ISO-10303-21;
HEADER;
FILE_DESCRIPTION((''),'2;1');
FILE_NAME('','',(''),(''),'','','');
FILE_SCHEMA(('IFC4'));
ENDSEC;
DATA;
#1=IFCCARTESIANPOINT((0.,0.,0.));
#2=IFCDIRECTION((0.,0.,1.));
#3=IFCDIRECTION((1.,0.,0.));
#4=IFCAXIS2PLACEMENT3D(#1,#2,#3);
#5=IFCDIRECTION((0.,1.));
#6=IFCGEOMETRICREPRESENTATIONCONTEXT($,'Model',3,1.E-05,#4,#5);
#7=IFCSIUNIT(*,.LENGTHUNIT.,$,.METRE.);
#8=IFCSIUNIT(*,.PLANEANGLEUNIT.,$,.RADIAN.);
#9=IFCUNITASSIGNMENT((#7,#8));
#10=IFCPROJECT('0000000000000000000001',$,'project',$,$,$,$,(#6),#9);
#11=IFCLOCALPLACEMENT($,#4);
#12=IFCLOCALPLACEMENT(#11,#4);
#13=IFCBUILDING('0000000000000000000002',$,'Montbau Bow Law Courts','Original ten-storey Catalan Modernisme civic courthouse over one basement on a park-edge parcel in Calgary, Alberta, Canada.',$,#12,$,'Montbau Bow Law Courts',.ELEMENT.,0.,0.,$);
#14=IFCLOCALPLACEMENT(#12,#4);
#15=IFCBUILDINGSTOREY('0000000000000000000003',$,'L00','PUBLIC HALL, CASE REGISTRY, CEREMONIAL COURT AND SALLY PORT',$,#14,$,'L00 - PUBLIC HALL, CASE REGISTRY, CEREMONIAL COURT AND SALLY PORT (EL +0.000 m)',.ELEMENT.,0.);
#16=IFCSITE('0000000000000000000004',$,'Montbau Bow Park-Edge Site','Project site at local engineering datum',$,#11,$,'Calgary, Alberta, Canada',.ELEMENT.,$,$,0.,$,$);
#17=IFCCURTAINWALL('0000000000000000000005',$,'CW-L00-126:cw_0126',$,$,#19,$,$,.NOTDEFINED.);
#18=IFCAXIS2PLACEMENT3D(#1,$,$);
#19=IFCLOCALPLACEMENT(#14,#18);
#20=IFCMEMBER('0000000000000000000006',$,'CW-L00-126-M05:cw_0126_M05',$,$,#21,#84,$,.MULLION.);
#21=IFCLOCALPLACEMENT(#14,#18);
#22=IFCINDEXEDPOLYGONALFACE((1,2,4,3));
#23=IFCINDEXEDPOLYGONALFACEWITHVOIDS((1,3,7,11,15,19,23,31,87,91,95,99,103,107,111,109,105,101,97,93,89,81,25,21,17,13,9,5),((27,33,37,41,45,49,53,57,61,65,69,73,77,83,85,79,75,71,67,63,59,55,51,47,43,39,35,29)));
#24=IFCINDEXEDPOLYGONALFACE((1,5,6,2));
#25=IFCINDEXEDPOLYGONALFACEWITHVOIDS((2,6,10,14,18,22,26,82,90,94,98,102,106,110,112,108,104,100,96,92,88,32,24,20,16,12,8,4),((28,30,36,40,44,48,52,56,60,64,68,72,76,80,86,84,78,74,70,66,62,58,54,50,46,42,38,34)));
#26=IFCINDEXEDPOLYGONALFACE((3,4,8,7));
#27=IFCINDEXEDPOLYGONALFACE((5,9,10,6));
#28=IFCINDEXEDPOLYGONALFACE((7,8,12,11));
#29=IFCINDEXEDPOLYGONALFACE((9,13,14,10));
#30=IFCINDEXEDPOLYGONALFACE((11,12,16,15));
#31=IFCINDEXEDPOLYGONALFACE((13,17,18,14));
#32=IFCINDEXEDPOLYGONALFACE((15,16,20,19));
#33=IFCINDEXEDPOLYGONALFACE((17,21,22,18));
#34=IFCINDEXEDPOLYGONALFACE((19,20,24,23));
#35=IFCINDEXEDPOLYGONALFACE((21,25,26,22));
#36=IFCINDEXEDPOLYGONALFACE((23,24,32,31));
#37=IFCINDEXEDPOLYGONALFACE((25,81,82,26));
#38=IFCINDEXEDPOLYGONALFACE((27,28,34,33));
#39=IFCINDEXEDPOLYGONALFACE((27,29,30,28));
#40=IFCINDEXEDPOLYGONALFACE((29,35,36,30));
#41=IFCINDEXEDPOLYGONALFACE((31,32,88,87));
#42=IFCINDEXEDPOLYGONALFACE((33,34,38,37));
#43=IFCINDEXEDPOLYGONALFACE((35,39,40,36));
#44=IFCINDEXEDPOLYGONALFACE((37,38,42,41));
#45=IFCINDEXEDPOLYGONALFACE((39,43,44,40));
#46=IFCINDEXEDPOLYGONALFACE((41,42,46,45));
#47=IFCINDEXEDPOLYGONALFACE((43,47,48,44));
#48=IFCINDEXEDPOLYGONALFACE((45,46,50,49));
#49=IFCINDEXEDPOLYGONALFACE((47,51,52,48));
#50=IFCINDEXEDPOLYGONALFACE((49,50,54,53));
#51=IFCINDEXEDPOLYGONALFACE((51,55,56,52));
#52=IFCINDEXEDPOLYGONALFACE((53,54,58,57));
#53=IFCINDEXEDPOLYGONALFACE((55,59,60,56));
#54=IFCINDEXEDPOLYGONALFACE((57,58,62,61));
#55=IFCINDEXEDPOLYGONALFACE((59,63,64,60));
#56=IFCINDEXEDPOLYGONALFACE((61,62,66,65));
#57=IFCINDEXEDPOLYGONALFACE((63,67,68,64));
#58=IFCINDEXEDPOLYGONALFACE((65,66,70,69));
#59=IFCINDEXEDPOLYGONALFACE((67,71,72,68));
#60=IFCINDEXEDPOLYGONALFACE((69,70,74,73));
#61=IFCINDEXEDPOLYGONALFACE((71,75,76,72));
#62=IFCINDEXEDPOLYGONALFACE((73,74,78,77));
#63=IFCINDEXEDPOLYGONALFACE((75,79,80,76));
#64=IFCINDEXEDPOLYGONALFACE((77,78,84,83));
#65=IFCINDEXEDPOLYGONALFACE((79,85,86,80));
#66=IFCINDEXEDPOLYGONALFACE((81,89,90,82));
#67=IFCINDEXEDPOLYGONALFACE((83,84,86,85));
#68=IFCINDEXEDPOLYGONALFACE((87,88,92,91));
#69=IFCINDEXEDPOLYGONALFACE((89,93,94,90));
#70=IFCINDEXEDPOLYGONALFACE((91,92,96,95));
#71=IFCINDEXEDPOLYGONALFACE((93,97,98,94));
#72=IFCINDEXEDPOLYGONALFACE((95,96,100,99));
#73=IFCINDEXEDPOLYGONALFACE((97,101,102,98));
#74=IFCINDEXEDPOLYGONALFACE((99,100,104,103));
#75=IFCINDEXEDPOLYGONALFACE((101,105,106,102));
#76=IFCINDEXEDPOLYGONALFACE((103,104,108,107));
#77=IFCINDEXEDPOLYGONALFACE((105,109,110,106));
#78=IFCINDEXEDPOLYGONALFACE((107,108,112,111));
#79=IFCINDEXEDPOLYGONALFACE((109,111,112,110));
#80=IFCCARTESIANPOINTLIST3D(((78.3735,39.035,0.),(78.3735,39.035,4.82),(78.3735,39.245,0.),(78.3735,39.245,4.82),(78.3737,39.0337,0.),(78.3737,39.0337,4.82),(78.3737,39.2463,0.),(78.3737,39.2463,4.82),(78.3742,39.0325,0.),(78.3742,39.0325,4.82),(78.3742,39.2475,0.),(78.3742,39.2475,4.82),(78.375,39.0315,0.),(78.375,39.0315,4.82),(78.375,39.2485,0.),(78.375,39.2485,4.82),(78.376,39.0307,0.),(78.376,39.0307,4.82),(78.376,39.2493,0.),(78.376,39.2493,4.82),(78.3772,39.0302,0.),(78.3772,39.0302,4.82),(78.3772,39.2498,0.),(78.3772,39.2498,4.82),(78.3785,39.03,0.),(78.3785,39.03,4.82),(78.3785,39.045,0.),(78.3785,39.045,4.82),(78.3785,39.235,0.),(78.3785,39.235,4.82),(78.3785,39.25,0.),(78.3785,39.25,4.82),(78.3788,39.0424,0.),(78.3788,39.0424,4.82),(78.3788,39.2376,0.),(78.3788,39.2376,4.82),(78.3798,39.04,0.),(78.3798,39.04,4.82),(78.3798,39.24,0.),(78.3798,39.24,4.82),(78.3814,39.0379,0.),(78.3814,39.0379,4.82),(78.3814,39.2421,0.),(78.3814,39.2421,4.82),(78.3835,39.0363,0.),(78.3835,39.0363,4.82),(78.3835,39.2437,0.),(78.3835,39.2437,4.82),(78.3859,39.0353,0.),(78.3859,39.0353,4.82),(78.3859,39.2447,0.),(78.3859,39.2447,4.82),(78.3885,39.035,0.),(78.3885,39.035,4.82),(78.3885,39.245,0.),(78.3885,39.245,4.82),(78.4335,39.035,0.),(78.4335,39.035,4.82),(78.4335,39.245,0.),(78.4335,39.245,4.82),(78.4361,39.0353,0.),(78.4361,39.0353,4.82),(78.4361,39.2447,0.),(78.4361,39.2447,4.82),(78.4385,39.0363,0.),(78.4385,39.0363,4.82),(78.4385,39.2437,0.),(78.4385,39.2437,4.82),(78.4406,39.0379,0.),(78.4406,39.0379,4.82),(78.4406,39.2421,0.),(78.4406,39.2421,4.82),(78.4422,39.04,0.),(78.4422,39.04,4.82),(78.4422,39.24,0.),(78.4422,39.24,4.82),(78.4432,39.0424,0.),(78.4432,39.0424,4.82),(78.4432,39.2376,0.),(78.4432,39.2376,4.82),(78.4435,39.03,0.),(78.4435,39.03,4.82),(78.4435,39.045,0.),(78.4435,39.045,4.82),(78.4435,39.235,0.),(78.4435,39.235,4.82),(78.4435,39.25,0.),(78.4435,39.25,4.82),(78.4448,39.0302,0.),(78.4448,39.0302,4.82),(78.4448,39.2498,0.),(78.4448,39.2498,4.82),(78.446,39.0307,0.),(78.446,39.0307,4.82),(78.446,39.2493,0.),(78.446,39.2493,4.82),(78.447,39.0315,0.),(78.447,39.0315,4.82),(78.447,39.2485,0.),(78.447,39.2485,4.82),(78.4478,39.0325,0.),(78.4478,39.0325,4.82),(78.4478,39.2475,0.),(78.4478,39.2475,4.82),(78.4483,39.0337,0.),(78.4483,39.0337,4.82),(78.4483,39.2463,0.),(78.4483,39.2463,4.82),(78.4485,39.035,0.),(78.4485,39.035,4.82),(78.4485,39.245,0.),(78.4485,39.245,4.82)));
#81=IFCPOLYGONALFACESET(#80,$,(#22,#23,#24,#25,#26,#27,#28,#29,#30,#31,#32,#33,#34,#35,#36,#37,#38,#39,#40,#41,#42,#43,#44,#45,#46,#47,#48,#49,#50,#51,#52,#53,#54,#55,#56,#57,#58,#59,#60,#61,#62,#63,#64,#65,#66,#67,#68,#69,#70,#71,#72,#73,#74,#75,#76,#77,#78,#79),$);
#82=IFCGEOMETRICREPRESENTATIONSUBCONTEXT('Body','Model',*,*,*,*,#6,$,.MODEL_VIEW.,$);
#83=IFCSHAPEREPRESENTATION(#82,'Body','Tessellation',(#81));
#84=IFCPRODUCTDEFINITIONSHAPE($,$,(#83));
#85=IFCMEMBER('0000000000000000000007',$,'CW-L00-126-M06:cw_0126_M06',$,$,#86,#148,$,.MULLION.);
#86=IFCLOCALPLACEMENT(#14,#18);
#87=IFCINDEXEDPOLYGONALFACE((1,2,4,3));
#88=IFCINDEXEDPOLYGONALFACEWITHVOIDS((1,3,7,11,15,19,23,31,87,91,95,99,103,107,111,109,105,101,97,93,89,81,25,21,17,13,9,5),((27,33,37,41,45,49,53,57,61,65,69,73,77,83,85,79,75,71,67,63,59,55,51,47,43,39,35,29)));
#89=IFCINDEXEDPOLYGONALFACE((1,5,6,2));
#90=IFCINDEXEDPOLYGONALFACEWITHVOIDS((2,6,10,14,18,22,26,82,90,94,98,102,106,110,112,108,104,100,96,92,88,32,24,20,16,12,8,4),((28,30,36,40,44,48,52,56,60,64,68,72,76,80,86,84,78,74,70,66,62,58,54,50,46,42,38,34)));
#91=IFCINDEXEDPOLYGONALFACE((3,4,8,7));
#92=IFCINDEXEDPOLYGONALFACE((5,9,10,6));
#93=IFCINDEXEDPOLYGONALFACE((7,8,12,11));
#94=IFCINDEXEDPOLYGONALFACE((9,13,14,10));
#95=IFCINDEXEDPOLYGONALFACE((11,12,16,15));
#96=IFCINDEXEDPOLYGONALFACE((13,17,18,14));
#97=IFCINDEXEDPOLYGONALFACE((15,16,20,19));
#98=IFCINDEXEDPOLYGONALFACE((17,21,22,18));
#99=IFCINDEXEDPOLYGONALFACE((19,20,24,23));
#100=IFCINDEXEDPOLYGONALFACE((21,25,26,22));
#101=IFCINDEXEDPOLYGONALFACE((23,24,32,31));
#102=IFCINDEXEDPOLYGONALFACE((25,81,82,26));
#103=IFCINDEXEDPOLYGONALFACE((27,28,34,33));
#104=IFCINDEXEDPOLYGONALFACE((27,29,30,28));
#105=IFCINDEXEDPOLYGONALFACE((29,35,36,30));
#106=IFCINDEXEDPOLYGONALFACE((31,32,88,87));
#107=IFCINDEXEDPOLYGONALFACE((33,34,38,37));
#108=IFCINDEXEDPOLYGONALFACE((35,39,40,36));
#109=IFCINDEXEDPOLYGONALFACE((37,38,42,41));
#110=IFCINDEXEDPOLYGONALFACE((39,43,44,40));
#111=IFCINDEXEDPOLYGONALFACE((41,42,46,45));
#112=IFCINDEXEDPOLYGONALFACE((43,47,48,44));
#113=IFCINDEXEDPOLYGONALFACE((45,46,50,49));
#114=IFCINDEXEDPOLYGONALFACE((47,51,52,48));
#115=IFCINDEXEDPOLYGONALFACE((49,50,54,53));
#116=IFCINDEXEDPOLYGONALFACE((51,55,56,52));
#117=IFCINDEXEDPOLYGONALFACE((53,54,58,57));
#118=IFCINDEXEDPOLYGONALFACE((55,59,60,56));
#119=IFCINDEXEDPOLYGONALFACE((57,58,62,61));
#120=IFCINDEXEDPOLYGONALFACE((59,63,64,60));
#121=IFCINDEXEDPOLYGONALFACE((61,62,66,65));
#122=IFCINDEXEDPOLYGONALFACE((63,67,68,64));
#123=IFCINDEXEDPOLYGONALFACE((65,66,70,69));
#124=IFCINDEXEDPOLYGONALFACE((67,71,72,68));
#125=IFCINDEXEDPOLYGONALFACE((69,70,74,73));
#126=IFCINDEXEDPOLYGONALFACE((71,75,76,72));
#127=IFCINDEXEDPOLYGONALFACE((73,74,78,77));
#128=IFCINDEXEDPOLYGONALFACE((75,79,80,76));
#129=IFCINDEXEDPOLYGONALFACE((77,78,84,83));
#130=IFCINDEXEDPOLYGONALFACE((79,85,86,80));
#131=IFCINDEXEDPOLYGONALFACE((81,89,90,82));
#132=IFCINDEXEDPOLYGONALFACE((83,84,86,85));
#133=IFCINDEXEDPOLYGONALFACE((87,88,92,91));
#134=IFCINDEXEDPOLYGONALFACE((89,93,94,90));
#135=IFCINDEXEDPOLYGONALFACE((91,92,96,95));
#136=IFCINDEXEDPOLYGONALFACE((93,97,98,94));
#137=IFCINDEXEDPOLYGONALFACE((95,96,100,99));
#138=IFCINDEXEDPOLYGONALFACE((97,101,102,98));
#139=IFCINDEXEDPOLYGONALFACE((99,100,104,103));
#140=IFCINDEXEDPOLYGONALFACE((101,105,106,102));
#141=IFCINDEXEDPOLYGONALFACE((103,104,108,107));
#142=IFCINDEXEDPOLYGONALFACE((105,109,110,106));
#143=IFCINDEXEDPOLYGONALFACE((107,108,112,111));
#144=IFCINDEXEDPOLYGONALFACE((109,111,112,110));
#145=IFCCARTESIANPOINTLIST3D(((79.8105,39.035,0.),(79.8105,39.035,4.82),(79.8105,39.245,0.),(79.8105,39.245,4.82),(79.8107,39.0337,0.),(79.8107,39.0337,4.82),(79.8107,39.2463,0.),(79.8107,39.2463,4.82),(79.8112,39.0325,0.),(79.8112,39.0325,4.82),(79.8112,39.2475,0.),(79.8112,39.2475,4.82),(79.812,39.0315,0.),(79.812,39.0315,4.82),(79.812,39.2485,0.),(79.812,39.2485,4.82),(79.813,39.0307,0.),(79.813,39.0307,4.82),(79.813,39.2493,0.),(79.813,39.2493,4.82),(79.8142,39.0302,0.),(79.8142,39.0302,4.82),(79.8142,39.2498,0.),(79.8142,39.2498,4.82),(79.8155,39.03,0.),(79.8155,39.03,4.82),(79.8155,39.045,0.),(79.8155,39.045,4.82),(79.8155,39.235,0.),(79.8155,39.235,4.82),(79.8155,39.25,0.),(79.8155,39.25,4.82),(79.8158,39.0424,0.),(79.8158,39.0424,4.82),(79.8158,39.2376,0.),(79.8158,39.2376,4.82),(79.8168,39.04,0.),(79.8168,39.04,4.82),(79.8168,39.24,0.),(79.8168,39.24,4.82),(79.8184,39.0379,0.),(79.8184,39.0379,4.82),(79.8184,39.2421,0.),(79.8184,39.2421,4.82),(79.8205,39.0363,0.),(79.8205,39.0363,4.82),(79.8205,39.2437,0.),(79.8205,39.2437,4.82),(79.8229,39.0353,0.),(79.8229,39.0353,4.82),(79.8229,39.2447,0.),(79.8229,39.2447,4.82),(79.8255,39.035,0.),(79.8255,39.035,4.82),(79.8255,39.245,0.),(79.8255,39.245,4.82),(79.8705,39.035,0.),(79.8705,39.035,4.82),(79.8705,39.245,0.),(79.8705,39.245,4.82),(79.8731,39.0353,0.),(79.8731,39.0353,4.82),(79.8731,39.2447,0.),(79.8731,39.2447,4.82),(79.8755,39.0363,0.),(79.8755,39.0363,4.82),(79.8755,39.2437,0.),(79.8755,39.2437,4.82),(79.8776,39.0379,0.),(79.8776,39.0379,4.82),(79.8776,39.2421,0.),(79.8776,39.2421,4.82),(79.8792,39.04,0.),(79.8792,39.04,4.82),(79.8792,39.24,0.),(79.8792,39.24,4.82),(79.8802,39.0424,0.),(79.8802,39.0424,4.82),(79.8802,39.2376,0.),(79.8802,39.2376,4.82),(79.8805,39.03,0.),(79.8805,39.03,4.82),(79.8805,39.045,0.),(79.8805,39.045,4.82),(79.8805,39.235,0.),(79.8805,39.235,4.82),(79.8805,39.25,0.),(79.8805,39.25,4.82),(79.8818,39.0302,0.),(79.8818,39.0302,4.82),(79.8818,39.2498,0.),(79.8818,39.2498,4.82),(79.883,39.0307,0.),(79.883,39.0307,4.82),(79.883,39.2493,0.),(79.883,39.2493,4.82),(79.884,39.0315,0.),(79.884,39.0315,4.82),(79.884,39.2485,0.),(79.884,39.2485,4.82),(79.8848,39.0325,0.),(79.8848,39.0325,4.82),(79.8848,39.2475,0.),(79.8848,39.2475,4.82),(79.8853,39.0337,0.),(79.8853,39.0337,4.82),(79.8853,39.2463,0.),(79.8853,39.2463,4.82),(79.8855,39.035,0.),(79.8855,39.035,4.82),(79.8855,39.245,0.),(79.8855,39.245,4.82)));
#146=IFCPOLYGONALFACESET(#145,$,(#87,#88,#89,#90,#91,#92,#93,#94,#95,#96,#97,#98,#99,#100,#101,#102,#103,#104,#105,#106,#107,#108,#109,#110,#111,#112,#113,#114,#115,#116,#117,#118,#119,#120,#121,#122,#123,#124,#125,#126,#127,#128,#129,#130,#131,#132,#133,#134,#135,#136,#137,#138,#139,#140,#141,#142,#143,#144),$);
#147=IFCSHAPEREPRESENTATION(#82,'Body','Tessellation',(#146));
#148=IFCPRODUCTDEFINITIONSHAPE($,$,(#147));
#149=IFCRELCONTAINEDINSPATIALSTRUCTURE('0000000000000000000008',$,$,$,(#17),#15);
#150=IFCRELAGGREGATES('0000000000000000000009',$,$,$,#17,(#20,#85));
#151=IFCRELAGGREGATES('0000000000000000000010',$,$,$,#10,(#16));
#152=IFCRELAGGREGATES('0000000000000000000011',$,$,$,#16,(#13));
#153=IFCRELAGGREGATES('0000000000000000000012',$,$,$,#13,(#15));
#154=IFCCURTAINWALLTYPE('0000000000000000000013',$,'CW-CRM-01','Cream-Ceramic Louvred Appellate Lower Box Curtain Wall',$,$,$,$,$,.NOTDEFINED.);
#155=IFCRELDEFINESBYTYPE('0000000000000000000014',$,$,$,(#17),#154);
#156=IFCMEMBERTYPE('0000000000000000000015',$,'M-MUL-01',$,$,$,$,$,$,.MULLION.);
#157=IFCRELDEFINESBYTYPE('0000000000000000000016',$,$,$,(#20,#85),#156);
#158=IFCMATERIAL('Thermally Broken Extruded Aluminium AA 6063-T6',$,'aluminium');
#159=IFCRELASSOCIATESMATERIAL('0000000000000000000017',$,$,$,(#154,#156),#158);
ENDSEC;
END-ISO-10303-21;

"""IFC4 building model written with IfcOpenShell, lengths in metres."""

from ifc_helpers import new_model, si_unit, direction, frame, origin_with_axes, origin_2d_with_axis, place, context, subcontext, project, spatial, hollow_rectangle, extrude, material, material_profile, profile_set, type_object, element, aggregate, save


model = new_model("IFC4")

# Units and contexts
model_context = context("Model", 3, precision=1e-05, world=origin_with_axes(), true_north=direction((0.0, 1.0)))
body_context = subcontext(model_context, "Body", "Model", "MODEL_VIEW")
ifc_project = project(units=[si_unit("LENGTHUNIT", "METRE"), si_unit("PLANEANGLEUNIT", "RADIAN")], contexts=[model_context])

# Site, building, storey
site_placement = place(None, origin_with_axes())
site = spatial("IfcSite", under=ifc_project, at=site_placement, Name="Montbau Bow Park-Edge Site", Description="Project site at local engineering datum", LongName="Calgary, Alberta, Canada", CompositionType="ELEMENT", RefElevation=0.0)
building_placement = place(site_placement, origin_with_axes())
building = spatial("IfcBuilding", under=site, at=building_placement, Name="Montbau Bow Law Courts", Description="Original ten-storey Catalan Modernisme civic courthouse over one basement on a park-edge parcel in Calgary, Alberta, Canada.", LongName="Montbau Bow Law Courts", CompositionType="ELEMENT", ElevationOfRefHeight=0.0, ElevationOfTerrain=0.0)
storey_placement = place(building_placement, origin_with_axes())
storey = spatial("IfcBuildingStorey", under=building, at=storey_placement, Name="L00", Description="PUBLIC HALL, CASE REGISTRY, CEREMONIAL COURT AND SALLY PORT", LongName="L00 - PUBLIC HALL, CASE REGISTRY, CEREMONIAL COURT AND SALLY PORT (EL +0.000 m)", CompositionType="ELEMENT", Elevation=0.0)

# Curtain wall, members
ifc_material_1 = material(Name="Thermally Broken Extruded Aluminium AA 6063-T6", Category="aluminium")
curtain_wall_type = type_object("IfcCurtainWallType", Name="CW-CRM-01", Description="Cream-Ceramic Louvred Appellate Lower Box Curtain Wall", PredefinedType="NOTDEFINED", material=ifc_material_1)
curtain_wall_placement = place(None, frame((72.515, 39.14, 0.0), z_axis=(0.0, 0.0, 1.0), x_axis=(1.0, 0.0, 0.0)))
curtain_wall = element("IfcCurtainWall", 1, at=curtain_wall_placement, inside=storey, type_object=curtain_wall_type, Name="CW-L00-126:cw_0126", PredefinedType="NOTDEFINED")
ifc_material_profile_1 = material_profile(ifc_material_1, hollow_rectangle(XDim=0.075, YDim=0.22, WallThickness=0.005, InnerFilletRadius=0.01, OuterFilletRadius=0.005, at=origin_2d_with_axis()), Name="CWM-220X75", Category="Main", Priority=0)
ifc_profile_set_1 = profile_set([ifc_material_profile_1], Name="Thermally Broken Extruded Aluminium AA 6063-T6")
member_type_1 = type_object("IfcMemberType", Name="M-MUL-01", PredefinedType="MULLION", material=ifc_profile_set_1)
member_1_placement = place(None, frame((78.411, 39.14, 0.0), z_axis=(0.0, 0.0, 1.0), x_axis=(1.0, 0.0, 0.0)))
member_1 = element("IfcMember", 2, at=member_1_placement, type_object=member_type_1, Name="CW-L00-126-M05:cw_0126_M05", PredefinedType="MULLION", context=body_context, shape_type="SweptSolid", body=[
    extrude(hollow_rectangle(XDim=0.075, YDim=0.22, WallThickness=0.005, InnerFilletRadius=0.01, OuterFilletRadius=0.005, at=origin_2d_with_axis()), origin_with_axes(), (0.0, 0.0, 1.0), 4.82),
])
member_2_placement = place(None, frame((79.848, 39.14, 0.0), z_axis=(0.0, 0.0, 1.0), x_axis=(1.0, 0.0, 0.0)))
member_2 = element("IfcMember", 3, at=member_2_placement, type_object=member_type_1, Name="CW-L00-126-M06:cw_0126_M06", PredefinedType="MULLION", context=body_context, shape_type="SweptSolid", body=[
    extrude(hollow_rectangle(XDim=0.075, YDim=0.22, WallThickness=0.005, InnerFilletRadius=0.01, OuterFilletRadius=0.005, at=origin_2d_with_axis()), origin_with_axes(), (0.0, 0.0, 1.0), 4.82),
])
aggregate(curtain_wall, [member_1, member_2])

save(model, "model.ifc")
